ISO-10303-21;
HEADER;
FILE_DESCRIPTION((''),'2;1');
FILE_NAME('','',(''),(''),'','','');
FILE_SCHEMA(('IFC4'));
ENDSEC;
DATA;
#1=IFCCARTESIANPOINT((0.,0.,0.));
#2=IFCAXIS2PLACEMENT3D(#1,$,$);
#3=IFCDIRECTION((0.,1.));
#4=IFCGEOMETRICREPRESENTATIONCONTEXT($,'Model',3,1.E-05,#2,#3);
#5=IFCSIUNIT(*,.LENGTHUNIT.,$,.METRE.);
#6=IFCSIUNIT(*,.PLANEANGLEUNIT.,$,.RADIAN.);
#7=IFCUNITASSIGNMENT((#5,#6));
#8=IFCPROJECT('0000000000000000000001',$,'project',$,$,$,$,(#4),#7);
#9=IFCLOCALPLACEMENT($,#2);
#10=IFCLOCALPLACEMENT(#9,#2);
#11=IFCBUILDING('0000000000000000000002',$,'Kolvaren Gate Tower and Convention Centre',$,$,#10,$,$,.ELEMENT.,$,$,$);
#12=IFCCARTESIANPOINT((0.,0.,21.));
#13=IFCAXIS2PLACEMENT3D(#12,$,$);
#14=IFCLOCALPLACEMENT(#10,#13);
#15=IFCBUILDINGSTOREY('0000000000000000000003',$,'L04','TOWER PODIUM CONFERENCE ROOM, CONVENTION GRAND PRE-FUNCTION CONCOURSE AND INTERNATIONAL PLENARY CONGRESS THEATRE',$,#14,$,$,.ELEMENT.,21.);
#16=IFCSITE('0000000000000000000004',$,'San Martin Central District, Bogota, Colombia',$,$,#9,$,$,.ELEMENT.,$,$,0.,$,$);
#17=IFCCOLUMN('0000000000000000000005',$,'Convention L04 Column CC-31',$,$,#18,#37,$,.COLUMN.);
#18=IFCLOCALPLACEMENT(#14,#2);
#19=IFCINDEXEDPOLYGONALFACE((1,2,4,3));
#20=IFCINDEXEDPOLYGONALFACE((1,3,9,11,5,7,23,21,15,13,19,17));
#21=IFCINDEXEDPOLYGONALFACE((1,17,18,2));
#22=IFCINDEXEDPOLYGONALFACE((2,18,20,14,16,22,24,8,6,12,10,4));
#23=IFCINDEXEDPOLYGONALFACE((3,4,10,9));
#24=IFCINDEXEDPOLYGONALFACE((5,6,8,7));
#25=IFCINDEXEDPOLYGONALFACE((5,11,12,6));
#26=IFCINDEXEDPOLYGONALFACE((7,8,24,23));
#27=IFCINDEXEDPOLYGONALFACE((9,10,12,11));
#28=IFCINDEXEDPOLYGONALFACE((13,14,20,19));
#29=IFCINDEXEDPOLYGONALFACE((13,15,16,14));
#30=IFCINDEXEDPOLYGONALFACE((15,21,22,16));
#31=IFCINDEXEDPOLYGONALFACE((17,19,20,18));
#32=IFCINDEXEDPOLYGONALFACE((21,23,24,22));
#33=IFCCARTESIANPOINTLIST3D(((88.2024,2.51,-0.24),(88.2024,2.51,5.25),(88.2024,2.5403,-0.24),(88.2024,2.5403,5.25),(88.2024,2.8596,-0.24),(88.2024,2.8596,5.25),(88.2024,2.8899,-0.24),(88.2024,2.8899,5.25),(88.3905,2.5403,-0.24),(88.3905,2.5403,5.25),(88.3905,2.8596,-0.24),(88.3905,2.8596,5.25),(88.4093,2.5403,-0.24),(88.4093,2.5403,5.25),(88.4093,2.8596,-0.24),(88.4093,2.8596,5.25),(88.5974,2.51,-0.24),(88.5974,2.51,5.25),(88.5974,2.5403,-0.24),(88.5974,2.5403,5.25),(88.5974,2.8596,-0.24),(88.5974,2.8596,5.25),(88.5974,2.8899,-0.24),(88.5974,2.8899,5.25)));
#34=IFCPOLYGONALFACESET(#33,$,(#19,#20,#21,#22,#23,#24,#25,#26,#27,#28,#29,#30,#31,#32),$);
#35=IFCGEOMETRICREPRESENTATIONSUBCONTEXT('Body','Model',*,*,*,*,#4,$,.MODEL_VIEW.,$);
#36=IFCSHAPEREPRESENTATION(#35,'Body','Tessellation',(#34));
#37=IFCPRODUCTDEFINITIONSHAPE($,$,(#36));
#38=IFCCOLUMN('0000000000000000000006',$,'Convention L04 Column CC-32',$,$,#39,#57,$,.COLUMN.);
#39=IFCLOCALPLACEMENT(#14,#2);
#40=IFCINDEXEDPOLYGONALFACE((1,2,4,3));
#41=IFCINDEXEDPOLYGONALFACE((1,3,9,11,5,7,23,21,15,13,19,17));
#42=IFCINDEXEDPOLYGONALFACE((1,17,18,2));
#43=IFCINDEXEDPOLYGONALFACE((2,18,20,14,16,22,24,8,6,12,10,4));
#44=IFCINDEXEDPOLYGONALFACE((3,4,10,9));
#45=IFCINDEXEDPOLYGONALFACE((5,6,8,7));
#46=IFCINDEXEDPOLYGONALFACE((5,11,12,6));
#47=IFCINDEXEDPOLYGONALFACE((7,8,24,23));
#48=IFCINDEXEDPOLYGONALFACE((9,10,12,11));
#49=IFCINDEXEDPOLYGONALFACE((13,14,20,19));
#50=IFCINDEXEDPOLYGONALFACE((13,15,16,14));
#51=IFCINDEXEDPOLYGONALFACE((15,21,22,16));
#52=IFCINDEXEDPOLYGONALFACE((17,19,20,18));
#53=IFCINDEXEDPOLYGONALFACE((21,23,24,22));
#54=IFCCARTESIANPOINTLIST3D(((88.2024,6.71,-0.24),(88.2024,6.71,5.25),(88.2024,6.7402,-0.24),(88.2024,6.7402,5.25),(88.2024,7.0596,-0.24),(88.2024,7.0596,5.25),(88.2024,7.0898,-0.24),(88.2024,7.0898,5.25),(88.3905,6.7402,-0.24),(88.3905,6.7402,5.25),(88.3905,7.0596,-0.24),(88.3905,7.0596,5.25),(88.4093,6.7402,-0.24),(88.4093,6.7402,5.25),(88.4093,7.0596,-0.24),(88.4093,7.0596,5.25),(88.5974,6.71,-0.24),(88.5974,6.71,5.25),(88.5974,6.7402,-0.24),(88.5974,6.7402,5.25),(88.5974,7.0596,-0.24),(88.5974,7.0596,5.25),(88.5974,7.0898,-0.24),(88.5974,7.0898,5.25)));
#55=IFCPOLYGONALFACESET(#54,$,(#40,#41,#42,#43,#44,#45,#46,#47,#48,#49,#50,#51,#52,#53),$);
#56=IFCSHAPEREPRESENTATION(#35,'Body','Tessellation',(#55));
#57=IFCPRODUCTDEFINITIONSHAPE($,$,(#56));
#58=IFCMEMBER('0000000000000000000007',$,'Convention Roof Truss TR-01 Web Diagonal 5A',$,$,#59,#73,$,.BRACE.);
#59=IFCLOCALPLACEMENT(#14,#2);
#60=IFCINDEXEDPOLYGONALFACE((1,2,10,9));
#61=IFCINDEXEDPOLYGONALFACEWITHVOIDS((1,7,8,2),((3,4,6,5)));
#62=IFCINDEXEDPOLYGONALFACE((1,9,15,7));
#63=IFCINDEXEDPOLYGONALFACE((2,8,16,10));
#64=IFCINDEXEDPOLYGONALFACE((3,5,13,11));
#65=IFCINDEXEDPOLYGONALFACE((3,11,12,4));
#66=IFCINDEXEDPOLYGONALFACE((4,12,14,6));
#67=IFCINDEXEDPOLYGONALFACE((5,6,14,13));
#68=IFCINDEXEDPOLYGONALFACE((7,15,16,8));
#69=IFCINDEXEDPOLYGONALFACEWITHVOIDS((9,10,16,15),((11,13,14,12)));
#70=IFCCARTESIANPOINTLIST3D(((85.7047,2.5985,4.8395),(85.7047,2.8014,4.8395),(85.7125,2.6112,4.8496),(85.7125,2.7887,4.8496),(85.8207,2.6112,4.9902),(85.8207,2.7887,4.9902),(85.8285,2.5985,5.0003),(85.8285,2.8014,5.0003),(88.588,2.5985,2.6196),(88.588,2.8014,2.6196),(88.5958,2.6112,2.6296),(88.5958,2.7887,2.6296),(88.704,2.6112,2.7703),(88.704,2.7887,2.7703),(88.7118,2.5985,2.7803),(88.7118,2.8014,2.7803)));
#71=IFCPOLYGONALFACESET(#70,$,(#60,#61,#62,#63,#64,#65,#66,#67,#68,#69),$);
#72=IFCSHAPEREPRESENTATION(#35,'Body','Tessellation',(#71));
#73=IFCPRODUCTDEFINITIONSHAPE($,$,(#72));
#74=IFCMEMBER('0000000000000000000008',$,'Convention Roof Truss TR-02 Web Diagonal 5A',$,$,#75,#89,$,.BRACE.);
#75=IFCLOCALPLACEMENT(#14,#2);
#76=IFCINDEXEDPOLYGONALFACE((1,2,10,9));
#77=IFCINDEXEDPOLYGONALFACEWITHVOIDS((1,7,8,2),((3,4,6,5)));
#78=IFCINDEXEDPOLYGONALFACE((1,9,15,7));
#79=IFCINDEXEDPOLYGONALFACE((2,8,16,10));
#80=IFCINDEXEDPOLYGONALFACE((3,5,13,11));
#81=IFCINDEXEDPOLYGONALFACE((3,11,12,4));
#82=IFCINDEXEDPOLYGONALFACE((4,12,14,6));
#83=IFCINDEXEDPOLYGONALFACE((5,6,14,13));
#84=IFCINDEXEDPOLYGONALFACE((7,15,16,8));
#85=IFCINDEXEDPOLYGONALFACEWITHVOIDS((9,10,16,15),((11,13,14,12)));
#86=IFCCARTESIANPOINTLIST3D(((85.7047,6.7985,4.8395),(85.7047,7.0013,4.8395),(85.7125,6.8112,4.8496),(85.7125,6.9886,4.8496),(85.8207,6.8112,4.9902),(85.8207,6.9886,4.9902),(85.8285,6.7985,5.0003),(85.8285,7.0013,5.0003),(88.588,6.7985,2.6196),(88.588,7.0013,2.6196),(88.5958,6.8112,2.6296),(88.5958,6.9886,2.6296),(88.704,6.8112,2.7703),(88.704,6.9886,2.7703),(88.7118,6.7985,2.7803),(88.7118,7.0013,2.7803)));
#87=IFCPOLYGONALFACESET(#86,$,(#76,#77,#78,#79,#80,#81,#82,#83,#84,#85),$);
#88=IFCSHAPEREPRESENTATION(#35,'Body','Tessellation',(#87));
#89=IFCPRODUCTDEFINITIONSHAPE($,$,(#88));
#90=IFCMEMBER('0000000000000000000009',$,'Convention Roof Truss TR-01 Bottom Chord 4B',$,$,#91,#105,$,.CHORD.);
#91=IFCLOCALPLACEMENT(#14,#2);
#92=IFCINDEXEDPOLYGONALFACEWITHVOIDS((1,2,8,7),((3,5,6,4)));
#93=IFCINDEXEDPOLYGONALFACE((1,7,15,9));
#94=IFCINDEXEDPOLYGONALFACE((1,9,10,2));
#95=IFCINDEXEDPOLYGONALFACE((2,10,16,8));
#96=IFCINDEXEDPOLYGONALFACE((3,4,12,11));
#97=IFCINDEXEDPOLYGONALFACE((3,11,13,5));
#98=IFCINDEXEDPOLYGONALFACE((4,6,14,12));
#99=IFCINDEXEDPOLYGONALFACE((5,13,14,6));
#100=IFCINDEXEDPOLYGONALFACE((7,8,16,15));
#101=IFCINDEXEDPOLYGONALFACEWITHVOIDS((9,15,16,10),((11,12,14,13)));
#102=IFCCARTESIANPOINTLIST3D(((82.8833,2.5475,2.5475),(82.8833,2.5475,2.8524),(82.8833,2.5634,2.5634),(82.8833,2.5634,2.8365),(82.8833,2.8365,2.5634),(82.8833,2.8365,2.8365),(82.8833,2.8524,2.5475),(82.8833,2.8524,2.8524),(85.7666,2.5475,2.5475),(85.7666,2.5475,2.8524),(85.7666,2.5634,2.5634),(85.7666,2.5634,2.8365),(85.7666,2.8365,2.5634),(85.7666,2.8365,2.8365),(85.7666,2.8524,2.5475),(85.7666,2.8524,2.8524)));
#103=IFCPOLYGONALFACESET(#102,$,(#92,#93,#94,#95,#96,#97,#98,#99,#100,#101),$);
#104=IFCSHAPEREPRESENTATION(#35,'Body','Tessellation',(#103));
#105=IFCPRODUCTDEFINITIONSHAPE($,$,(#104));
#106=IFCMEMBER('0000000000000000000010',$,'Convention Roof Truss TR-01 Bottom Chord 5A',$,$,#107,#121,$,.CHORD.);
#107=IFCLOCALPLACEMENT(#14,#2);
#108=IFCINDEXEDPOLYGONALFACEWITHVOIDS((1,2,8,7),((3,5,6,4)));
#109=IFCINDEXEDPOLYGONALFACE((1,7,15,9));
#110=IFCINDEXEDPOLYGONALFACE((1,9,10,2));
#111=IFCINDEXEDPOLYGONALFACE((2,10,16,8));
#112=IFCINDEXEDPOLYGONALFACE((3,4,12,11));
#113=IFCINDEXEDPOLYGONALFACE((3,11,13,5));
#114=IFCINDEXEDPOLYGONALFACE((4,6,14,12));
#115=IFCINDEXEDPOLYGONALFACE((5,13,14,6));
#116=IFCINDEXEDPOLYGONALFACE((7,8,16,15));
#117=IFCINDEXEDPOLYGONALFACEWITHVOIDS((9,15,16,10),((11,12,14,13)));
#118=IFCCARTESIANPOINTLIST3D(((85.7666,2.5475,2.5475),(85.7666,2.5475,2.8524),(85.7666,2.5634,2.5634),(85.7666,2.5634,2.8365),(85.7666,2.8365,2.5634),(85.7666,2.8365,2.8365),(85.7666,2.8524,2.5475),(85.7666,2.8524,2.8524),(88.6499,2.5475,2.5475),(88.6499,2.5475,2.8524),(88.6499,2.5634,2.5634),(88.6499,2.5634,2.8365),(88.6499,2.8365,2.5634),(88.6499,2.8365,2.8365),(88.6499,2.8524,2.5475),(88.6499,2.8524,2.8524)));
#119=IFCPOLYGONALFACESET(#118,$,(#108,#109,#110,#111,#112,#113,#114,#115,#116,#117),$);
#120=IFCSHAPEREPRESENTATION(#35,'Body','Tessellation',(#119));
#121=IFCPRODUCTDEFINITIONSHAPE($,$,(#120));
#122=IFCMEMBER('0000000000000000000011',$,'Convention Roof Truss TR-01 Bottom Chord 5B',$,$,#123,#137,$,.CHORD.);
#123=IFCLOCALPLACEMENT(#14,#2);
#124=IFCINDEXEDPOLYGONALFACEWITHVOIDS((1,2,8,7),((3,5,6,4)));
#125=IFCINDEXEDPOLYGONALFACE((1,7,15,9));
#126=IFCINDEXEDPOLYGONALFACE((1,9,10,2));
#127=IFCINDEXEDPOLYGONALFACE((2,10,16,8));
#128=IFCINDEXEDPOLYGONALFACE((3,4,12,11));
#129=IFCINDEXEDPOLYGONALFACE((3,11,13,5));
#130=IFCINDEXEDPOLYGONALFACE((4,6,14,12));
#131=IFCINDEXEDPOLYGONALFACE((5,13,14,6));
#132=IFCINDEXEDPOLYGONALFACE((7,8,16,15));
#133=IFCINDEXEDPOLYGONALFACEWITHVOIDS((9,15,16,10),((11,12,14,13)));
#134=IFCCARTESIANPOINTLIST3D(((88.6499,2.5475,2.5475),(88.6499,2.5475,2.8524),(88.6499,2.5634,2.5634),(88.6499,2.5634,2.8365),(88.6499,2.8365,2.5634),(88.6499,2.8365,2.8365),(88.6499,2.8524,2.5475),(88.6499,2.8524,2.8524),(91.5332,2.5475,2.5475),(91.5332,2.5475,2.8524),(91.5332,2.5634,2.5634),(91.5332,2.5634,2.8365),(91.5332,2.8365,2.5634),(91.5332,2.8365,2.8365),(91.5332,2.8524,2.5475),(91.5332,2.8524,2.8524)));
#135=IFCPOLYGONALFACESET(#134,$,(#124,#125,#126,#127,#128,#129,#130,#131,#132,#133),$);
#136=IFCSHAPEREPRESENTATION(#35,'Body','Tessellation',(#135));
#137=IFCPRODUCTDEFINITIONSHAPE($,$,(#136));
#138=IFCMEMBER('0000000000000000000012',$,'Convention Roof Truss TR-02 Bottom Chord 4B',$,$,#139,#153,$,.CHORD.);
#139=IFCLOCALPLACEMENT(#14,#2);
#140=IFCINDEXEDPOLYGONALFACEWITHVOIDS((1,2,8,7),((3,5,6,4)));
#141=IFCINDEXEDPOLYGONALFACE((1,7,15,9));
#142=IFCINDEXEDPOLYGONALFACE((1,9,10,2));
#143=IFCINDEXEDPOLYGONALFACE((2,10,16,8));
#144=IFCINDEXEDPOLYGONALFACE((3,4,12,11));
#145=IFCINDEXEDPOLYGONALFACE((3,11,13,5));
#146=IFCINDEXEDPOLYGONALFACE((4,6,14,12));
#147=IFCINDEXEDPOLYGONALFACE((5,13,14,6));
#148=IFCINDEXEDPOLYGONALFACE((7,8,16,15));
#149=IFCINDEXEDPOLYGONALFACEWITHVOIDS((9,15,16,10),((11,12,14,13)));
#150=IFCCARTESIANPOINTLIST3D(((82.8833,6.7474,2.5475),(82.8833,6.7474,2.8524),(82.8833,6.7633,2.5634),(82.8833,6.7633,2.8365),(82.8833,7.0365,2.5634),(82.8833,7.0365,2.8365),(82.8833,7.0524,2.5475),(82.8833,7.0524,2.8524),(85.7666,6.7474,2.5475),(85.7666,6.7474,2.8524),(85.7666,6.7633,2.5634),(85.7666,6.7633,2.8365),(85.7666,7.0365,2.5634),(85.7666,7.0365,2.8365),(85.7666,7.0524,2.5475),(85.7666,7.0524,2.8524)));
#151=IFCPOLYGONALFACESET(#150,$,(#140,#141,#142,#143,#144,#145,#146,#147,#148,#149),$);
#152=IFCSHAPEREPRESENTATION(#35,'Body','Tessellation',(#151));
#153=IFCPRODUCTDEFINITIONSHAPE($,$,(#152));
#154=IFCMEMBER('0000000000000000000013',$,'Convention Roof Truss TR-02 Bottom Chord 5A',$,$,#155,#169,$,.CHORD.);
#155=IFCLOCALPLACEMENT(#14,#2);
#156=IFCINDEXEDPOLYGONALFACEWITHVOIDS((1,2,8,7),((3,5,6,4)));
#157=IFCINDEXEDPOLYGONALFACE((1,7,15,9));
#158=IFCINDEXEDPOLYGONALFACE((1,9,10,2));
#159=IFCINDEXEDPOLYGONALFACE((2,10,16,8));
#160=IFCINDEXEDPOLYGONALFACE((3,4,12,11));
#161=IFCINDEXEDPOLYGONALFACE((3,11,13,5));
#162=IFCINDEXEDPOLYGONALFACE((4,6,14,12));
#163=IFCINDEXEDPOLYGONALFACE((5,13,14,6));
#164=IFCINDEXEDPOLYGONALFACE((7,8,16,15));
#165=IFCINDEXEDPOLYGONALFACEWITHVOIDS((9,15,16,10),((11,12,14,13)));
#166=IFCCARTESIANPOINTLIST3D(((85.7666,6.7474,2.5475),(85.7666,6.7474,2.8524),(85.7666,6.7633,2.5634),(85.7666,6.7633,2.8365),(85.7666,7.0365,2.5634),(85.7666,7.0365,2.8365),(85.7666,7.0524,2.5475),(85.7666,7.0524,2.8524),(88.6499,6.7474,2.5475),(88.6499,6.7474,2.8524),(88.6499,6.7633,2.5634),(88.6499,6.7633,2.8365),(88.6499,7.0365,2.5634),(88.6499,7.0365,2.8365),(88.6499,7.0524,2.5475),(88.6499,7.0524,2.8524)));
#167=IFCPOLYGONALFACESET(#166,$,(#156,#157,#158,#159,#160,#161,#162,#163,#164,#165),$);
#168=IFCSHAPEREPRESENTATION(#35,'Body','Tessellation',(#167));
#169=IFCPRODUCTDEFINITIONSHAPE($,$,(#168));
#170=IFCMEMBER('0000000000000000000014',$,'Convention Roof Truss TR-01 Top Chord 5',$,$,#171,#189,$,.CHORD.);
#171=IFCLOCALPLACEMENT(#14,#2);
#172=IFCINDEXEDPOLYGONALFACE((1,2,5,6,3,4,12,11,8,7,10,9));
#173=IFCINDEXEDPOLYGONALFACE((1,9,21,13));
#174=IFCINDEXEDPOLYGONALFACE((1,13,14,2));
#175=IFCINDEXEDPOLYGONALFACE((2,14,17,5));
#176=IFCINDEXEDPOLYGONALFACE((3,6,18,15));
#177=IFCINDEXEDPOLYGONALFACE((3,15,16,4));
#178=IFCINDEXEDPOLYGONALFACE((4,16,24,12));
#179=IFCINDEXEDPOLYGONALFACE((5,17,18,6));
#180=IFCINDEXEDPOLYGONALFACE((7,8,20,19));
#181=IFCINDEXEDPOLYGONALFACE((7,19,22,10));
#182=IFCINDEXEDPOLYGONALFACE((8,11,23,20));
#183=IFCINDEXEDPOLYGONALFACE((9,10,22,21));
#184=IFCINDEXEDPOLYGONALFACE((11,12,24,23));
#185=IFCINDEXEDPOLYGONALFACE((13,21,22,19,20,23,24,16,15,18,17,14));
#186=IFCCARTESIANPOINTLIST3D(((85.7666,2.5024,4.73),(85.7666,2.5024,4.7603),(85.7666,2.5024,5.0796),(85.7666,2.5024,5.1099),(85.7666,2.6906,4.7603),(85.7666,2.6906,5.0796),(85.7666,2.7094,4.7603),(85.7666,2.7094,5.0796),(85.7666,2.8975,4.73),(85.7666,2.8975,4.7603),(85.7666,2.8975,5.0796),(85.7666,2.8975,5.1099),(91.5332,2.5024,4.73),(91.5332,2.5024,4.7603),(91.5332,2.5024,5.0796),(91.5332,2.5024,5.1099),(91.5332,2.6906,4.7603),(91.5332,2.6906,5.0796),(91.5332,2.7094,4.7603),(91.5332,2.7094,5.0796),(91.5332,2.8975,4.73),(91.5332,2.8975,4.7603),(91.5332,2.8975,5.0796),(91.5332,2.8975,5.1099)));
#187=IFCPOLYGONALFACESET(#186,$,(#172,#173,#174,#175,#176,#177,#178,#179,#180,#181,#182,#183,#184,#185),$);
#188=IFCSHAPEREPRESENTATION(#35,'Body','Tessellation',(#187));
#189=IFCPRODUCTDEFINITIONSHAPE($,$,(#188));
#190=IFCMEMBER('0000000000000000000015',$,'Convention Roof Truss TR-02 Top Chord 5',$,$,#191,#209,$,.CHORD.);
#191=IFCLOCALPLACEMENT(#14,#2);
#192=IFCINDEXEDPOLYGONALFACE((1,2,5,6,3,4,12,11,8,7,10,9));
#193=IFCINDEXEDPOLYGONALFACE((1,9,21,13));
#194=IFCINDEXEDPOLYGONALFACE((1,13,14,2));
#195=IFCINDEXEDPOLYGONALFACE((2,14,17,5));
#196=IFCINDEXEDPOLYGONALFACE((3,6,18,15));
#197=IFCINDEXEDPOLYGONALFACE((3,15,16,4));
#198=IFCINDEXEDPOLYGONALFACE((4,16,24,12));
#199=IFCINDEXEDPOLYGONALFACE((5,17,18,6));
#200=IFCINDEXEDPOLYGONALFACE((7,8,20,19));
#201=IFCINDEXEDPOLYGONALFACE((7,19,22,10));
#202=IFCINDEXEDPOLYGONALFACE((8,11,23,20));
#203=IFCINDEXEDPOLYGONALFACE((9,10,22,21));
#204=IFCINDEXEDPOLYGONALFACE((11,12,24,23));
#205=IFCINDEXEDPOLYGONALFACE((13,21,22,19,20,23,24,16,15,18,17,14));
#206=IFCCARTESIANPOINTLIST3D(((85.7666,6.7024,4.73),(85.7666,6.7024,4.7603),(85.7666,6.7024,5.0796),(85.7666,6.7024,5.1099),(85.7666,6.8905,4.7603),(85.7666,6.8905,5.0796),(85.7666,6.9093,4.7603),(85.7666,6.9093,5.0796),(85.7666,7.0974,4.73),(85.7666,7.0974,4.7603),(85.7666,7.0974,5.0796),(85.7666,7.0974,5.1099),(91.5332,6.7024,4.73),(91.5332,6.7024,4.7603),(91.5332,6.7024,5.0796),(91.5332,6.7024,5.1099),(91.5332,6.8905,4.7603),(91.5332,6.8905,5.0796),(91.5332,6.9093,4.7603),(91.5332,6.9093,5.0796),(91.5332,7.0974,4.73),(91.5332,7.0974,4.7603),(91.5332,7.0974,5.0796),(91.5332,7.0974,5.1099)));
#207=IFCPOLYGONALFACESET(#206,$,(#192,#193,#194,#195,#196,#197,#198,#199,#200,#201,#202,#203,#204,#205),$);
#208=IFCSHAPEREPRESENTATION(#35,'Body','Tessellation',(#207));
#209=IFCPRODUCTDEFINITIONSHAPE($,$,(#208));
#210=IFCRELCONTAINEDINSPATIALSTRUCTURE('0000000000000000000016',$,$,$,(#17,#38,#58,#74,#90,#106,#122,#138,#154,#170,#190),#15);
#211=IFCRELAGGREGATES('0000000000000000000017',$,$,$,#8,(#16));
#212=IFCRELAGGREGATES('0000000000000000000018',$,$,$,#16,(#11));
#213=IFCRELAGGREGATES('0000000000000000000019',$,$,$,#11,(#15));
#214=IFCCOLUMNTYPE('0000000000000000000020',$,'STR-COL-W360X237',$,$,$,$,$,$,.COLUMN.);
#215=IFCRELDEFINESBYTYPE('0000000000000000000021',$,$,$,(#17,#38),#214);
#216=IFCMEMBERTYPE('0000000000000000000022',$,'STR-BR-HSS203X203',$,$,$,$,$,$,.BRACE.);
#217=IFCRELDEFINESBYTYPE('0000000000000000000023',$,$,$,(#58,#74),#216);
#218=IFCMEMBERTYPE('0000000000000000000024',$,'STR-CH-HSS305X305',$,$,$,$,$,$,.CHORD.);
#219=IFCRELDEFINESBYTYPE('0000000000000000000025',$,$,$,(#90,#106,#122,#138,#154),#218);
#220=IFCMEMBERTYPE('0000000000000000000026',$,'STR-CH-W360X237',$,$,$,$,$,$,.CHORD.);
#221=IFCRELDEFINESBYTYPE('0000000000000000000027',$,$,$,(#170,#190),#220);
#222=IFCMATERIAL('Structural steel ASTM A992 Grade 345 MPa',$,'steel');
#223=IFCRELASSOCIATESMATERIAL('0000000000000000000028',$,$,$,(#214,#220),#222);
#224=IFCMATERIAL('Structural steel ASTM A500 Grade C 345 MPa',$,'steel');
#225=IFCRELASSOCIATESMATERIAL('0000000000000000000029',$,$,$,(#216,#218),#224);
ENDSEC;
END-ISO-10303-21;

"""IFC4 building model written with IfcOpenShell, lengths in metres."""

from ifc_helpers import new_model, si_unit, direction, frame, origin, origin_2d, place, context, subcontext, project, spatial, hollow_rectangle, i_section, extrude, material, material_profile, profile_set, type_object, element, save


model = new_model("IFC4")

# Units and contexts
model_context = context("Model", 3, precision=1e-05, world=origin(), true_north=direction((0.0, 1.0)))
body_context = subcontext(model_context, "Body", "Model", "MODEL_VIEW")
ifc_project = project(units=[si_unit("LENGTHUNIT", "METRE"), si_unit("PLANEANGLEUNIT", "RADIAN")], contexts=[model_context])

# Site, building, storey
site_placement = place(None, origin())
site = spatial("IfcSite", under=ifc_project, at=site_placement, Name="San Martin Central District, Bogota, Colombia", CompositionType="ELEMENT", RefElevation=0.0)
building_placement = place(site_placement, origin())
building = spatial("IfcBuilding", under=site, at=building_placement, Name="Kolvaren Gate Tower and Convention Centre", CompositionType="ELEMENT")
storey_placement = place(building_placement, frame((0.0, 0.0, 21.0)))
storey = spatial("IfcBuildingStorey", under=building, at=storey_placement, Name="L04", Description="TOWER PODIUM CONFERENCE ROOM, CONVENTION GRAND PRE-FUNCTION CONCOURSE AND INTERNATIONAL PLENARY CONGRESS THEATRE", CompositionType="ELEMENT", Elevation=21.0)

# Columns
ifc_material_1 = material(Name="Structural steel ASTM A992 Grade 345 MPa", Category="steel")
ifc_material_profile_1 = material_profile(ifc_material_1, i_section(OverallWidth=0.395, OverallDepth=0.3799, WebThickness=0.0188, FlangeThickness=0.0303, at=origin_2d()), Name="W360X237")
ifc_profile_set_1 = profile_set([ifc_material_profile_1], Name="Structural steel ASTM A992 Grade 345 MPa")
column_type = type_object("IfcColumnType", Name="STR-COL-W360X237", PredefinedType="COLUMN", material=ifc_profile_set_1)
for number, where, z_axis, x_axis, name in (
    (1, (88.3999, 2.7, -0.24), (0.0, 0.0, 1.0), (1.0, 0.0, 0.0), "Convention L04 Column CC-31"),
    (2, (88.3999, 6.8999, -0.24), (0.0, 0.0, 1.0), (1.0, 0.0, 0.0), "Convention L04 Column CC-32"),
):
    element("IfcColumn", number, at=place(storey_placement, frame(where, z_axis=z_axis, x_axis=x_axis)), inside=storey, type_object=column_type, Name=name, PredefinedType="COLUMN", context=body_context, shape_type="SweptSolid", body=[
        extrude(i_section(OverallWidth=0.395, OverallDepth=0.3799, WebThickness=0.0188, FlangeThickness=0.0303, at=origin_2d()), origin(), (0.0, 0.0, 1.0), 5.49),
    ])

# Members
ifc_material_2 = material(Name="Structural steel ASTM A500 Grade C 345 MPa", Category="steel")
ifc_material_profile_2 = material_profile(ifc_material_2, hollow_rectangle(XDim=0.2029, YDim=0.2029, WallThickness=0.0127, at=origin_2d()), Name="HSS203X203X12.7")
ifc_profile_set_2 = profile_set([ifc_material_profile_2], Name="Structural steel ASTM A500 Grade C 345 MPa")
member_type_1 = type_object("IfcMemberType", Name="STR-BR-HSS203X203", PredefinedType="BRACE", material=ifc_profile_set_2)
for number, where, z_axis, x_axis, name in (
    (3, (85.7666, 2.7, 4.9199), (0.792352, 0.0, -0.610064), (0.0, 1.0, 0.0), "Convention Roof Truss TR-01 Web Diagonal 5A"),
    (4, (85.7666, 6.8999, 4.9199), (0.792352, 0.0, -0.610064), (0.0, 1.0, 0.0), "Convention Roof Truss TR-02 Web Diagonal 5A"),
):
    element("IfcMember", number, at=place(storey_placement, frame(where, z_axis=z_axis, x_axis=x_axis)), inside=storey, type_object=member_type_1, Name=name, PredefinedType="BRACE", context=body_context, shape_type="SweptSolid", body=[
        extrude(hollow_rectangle(XDim=0.2029, YDim=0.2029, WallThickness=0.0127, at=origin_2d()), origin(), (0.0, 0.0, 1.0), 3.6389),
    ])
ifc_material_profile_3 = material_profile(ifc_material_2, hollow_rectangle(XDim=0.3049, YDim=0.3049, WallThickness=0.0159, at=origin_2d()), Name="HSS305X305X15.9")
ifc_profile_set_3 = profile_set([ifc_material_profile_3], Name="Structural steel ASTM A500 Grade C 345 MPa")
member_type_2 = type_object("IfcMemberType", Name="STR-CH-HSS305X305", PredefinedType="CHORD", material=ifc_profile_set_3)
for number, where, z_axis, x_axis, name in (
    (5, (82.8833, 2.7, 2.7), (1.0, 0.0, 0.0), (0.0, 1.0, 0.0), "Convention Roof Truss TR-01 Bottom Chord 4B"),
    (6, (85.7666, 2.7, 2.7), (1.0, 0.0, 0.0), (0.0, 1.0, 0.0), "Convention Roof Truss TR-01 Bottom Chord 5A"),
    (7, (88.6499, 2.7, 2.7), (1.0, 0.0, 0.0), (0.0, 1.0, 0.0), "Convention Roof Truss TR-01 Bottom Chord 5B"),
    (8, (82.8833, 6.8999, 2.7), (1.0, 0.0, 0.0), (0.0, 1.0, 0.0), "Convention Roof Truss TR-02 Bottom Chord 4B"),
    (9, (85.7666, 6.8999, 2.7), (1.0, 0.0, 0.0), (0.0, 1.0, 0.0), "Convention Roof Truss TR-02 Bottom Chord 5A"),
):
    element("IfcMember", number, at=place(storey_placement, frame(where, z_axis=z_axis, x_axis=x_axis)), inside=storey, type_object=member_type_2, Name=name, PredefinedType="CHORD", context=body_context, shape_type="SweptSolid", body=[
        extrude(hollow_rectangle(XDim=0.3049, YDim=0.3049, WallThickness=0.0159, at=origin_2d()), origin(), (0.0, 0.0, 1.0), 2.8833),
    ])
ifc_material_profile_4 = material_profile(ifc_material_1, i_section(OverallWidth=0.395, OverallDepth=0.3799, WebThickness=0.0188, FlangeThickness=0.0303, at=origin_2d()), Name="W360X237")
ifc_profile_set_4 = profile_set([ifc_material_profile_4], Name="Structural steel ASTM A992 Grade 345 MPa")
member_type_3 = type_object("IfcMemberType", Name="STR-CH-W360X237", PredefinedType="CHORD", material=ifc_profile_set_4)
for number, where, z_axis, x_axis, name in (
    (10, (85.7666, 2.7, 4.9199), (1.0, 0.0, 0.0), (0.0, 1.0, 0.0), "Convention Roof Truss TR-01 Top Chord 5"),
    (11, (85.7666, 6.8999, 4.9199), (1.0, 0.0, 0.0), (0.0, 1.0, 0.0), "Convention Roof Truss TR-02 Top Chord 5"),
):
    element("IfcMember", number, at=place(storey_placement, frame(where, z_axis=z_axis, x_axis=x_axis)), inside=storey, type_object=member_type_3, Name=name, PredefinedType="CHORD", context=body_context, shape_type="SweptSolid", body=[
        extrude(i_section(OverallWidth=0.395, OverallDepth=0.3799, WebThickness=0.0188, FlangeThickness=0.0303, at=origin_2d()), origin(), (0.0, 0.0, 1.0), 5.7666),
    ])

save(model, "model.ifc")
